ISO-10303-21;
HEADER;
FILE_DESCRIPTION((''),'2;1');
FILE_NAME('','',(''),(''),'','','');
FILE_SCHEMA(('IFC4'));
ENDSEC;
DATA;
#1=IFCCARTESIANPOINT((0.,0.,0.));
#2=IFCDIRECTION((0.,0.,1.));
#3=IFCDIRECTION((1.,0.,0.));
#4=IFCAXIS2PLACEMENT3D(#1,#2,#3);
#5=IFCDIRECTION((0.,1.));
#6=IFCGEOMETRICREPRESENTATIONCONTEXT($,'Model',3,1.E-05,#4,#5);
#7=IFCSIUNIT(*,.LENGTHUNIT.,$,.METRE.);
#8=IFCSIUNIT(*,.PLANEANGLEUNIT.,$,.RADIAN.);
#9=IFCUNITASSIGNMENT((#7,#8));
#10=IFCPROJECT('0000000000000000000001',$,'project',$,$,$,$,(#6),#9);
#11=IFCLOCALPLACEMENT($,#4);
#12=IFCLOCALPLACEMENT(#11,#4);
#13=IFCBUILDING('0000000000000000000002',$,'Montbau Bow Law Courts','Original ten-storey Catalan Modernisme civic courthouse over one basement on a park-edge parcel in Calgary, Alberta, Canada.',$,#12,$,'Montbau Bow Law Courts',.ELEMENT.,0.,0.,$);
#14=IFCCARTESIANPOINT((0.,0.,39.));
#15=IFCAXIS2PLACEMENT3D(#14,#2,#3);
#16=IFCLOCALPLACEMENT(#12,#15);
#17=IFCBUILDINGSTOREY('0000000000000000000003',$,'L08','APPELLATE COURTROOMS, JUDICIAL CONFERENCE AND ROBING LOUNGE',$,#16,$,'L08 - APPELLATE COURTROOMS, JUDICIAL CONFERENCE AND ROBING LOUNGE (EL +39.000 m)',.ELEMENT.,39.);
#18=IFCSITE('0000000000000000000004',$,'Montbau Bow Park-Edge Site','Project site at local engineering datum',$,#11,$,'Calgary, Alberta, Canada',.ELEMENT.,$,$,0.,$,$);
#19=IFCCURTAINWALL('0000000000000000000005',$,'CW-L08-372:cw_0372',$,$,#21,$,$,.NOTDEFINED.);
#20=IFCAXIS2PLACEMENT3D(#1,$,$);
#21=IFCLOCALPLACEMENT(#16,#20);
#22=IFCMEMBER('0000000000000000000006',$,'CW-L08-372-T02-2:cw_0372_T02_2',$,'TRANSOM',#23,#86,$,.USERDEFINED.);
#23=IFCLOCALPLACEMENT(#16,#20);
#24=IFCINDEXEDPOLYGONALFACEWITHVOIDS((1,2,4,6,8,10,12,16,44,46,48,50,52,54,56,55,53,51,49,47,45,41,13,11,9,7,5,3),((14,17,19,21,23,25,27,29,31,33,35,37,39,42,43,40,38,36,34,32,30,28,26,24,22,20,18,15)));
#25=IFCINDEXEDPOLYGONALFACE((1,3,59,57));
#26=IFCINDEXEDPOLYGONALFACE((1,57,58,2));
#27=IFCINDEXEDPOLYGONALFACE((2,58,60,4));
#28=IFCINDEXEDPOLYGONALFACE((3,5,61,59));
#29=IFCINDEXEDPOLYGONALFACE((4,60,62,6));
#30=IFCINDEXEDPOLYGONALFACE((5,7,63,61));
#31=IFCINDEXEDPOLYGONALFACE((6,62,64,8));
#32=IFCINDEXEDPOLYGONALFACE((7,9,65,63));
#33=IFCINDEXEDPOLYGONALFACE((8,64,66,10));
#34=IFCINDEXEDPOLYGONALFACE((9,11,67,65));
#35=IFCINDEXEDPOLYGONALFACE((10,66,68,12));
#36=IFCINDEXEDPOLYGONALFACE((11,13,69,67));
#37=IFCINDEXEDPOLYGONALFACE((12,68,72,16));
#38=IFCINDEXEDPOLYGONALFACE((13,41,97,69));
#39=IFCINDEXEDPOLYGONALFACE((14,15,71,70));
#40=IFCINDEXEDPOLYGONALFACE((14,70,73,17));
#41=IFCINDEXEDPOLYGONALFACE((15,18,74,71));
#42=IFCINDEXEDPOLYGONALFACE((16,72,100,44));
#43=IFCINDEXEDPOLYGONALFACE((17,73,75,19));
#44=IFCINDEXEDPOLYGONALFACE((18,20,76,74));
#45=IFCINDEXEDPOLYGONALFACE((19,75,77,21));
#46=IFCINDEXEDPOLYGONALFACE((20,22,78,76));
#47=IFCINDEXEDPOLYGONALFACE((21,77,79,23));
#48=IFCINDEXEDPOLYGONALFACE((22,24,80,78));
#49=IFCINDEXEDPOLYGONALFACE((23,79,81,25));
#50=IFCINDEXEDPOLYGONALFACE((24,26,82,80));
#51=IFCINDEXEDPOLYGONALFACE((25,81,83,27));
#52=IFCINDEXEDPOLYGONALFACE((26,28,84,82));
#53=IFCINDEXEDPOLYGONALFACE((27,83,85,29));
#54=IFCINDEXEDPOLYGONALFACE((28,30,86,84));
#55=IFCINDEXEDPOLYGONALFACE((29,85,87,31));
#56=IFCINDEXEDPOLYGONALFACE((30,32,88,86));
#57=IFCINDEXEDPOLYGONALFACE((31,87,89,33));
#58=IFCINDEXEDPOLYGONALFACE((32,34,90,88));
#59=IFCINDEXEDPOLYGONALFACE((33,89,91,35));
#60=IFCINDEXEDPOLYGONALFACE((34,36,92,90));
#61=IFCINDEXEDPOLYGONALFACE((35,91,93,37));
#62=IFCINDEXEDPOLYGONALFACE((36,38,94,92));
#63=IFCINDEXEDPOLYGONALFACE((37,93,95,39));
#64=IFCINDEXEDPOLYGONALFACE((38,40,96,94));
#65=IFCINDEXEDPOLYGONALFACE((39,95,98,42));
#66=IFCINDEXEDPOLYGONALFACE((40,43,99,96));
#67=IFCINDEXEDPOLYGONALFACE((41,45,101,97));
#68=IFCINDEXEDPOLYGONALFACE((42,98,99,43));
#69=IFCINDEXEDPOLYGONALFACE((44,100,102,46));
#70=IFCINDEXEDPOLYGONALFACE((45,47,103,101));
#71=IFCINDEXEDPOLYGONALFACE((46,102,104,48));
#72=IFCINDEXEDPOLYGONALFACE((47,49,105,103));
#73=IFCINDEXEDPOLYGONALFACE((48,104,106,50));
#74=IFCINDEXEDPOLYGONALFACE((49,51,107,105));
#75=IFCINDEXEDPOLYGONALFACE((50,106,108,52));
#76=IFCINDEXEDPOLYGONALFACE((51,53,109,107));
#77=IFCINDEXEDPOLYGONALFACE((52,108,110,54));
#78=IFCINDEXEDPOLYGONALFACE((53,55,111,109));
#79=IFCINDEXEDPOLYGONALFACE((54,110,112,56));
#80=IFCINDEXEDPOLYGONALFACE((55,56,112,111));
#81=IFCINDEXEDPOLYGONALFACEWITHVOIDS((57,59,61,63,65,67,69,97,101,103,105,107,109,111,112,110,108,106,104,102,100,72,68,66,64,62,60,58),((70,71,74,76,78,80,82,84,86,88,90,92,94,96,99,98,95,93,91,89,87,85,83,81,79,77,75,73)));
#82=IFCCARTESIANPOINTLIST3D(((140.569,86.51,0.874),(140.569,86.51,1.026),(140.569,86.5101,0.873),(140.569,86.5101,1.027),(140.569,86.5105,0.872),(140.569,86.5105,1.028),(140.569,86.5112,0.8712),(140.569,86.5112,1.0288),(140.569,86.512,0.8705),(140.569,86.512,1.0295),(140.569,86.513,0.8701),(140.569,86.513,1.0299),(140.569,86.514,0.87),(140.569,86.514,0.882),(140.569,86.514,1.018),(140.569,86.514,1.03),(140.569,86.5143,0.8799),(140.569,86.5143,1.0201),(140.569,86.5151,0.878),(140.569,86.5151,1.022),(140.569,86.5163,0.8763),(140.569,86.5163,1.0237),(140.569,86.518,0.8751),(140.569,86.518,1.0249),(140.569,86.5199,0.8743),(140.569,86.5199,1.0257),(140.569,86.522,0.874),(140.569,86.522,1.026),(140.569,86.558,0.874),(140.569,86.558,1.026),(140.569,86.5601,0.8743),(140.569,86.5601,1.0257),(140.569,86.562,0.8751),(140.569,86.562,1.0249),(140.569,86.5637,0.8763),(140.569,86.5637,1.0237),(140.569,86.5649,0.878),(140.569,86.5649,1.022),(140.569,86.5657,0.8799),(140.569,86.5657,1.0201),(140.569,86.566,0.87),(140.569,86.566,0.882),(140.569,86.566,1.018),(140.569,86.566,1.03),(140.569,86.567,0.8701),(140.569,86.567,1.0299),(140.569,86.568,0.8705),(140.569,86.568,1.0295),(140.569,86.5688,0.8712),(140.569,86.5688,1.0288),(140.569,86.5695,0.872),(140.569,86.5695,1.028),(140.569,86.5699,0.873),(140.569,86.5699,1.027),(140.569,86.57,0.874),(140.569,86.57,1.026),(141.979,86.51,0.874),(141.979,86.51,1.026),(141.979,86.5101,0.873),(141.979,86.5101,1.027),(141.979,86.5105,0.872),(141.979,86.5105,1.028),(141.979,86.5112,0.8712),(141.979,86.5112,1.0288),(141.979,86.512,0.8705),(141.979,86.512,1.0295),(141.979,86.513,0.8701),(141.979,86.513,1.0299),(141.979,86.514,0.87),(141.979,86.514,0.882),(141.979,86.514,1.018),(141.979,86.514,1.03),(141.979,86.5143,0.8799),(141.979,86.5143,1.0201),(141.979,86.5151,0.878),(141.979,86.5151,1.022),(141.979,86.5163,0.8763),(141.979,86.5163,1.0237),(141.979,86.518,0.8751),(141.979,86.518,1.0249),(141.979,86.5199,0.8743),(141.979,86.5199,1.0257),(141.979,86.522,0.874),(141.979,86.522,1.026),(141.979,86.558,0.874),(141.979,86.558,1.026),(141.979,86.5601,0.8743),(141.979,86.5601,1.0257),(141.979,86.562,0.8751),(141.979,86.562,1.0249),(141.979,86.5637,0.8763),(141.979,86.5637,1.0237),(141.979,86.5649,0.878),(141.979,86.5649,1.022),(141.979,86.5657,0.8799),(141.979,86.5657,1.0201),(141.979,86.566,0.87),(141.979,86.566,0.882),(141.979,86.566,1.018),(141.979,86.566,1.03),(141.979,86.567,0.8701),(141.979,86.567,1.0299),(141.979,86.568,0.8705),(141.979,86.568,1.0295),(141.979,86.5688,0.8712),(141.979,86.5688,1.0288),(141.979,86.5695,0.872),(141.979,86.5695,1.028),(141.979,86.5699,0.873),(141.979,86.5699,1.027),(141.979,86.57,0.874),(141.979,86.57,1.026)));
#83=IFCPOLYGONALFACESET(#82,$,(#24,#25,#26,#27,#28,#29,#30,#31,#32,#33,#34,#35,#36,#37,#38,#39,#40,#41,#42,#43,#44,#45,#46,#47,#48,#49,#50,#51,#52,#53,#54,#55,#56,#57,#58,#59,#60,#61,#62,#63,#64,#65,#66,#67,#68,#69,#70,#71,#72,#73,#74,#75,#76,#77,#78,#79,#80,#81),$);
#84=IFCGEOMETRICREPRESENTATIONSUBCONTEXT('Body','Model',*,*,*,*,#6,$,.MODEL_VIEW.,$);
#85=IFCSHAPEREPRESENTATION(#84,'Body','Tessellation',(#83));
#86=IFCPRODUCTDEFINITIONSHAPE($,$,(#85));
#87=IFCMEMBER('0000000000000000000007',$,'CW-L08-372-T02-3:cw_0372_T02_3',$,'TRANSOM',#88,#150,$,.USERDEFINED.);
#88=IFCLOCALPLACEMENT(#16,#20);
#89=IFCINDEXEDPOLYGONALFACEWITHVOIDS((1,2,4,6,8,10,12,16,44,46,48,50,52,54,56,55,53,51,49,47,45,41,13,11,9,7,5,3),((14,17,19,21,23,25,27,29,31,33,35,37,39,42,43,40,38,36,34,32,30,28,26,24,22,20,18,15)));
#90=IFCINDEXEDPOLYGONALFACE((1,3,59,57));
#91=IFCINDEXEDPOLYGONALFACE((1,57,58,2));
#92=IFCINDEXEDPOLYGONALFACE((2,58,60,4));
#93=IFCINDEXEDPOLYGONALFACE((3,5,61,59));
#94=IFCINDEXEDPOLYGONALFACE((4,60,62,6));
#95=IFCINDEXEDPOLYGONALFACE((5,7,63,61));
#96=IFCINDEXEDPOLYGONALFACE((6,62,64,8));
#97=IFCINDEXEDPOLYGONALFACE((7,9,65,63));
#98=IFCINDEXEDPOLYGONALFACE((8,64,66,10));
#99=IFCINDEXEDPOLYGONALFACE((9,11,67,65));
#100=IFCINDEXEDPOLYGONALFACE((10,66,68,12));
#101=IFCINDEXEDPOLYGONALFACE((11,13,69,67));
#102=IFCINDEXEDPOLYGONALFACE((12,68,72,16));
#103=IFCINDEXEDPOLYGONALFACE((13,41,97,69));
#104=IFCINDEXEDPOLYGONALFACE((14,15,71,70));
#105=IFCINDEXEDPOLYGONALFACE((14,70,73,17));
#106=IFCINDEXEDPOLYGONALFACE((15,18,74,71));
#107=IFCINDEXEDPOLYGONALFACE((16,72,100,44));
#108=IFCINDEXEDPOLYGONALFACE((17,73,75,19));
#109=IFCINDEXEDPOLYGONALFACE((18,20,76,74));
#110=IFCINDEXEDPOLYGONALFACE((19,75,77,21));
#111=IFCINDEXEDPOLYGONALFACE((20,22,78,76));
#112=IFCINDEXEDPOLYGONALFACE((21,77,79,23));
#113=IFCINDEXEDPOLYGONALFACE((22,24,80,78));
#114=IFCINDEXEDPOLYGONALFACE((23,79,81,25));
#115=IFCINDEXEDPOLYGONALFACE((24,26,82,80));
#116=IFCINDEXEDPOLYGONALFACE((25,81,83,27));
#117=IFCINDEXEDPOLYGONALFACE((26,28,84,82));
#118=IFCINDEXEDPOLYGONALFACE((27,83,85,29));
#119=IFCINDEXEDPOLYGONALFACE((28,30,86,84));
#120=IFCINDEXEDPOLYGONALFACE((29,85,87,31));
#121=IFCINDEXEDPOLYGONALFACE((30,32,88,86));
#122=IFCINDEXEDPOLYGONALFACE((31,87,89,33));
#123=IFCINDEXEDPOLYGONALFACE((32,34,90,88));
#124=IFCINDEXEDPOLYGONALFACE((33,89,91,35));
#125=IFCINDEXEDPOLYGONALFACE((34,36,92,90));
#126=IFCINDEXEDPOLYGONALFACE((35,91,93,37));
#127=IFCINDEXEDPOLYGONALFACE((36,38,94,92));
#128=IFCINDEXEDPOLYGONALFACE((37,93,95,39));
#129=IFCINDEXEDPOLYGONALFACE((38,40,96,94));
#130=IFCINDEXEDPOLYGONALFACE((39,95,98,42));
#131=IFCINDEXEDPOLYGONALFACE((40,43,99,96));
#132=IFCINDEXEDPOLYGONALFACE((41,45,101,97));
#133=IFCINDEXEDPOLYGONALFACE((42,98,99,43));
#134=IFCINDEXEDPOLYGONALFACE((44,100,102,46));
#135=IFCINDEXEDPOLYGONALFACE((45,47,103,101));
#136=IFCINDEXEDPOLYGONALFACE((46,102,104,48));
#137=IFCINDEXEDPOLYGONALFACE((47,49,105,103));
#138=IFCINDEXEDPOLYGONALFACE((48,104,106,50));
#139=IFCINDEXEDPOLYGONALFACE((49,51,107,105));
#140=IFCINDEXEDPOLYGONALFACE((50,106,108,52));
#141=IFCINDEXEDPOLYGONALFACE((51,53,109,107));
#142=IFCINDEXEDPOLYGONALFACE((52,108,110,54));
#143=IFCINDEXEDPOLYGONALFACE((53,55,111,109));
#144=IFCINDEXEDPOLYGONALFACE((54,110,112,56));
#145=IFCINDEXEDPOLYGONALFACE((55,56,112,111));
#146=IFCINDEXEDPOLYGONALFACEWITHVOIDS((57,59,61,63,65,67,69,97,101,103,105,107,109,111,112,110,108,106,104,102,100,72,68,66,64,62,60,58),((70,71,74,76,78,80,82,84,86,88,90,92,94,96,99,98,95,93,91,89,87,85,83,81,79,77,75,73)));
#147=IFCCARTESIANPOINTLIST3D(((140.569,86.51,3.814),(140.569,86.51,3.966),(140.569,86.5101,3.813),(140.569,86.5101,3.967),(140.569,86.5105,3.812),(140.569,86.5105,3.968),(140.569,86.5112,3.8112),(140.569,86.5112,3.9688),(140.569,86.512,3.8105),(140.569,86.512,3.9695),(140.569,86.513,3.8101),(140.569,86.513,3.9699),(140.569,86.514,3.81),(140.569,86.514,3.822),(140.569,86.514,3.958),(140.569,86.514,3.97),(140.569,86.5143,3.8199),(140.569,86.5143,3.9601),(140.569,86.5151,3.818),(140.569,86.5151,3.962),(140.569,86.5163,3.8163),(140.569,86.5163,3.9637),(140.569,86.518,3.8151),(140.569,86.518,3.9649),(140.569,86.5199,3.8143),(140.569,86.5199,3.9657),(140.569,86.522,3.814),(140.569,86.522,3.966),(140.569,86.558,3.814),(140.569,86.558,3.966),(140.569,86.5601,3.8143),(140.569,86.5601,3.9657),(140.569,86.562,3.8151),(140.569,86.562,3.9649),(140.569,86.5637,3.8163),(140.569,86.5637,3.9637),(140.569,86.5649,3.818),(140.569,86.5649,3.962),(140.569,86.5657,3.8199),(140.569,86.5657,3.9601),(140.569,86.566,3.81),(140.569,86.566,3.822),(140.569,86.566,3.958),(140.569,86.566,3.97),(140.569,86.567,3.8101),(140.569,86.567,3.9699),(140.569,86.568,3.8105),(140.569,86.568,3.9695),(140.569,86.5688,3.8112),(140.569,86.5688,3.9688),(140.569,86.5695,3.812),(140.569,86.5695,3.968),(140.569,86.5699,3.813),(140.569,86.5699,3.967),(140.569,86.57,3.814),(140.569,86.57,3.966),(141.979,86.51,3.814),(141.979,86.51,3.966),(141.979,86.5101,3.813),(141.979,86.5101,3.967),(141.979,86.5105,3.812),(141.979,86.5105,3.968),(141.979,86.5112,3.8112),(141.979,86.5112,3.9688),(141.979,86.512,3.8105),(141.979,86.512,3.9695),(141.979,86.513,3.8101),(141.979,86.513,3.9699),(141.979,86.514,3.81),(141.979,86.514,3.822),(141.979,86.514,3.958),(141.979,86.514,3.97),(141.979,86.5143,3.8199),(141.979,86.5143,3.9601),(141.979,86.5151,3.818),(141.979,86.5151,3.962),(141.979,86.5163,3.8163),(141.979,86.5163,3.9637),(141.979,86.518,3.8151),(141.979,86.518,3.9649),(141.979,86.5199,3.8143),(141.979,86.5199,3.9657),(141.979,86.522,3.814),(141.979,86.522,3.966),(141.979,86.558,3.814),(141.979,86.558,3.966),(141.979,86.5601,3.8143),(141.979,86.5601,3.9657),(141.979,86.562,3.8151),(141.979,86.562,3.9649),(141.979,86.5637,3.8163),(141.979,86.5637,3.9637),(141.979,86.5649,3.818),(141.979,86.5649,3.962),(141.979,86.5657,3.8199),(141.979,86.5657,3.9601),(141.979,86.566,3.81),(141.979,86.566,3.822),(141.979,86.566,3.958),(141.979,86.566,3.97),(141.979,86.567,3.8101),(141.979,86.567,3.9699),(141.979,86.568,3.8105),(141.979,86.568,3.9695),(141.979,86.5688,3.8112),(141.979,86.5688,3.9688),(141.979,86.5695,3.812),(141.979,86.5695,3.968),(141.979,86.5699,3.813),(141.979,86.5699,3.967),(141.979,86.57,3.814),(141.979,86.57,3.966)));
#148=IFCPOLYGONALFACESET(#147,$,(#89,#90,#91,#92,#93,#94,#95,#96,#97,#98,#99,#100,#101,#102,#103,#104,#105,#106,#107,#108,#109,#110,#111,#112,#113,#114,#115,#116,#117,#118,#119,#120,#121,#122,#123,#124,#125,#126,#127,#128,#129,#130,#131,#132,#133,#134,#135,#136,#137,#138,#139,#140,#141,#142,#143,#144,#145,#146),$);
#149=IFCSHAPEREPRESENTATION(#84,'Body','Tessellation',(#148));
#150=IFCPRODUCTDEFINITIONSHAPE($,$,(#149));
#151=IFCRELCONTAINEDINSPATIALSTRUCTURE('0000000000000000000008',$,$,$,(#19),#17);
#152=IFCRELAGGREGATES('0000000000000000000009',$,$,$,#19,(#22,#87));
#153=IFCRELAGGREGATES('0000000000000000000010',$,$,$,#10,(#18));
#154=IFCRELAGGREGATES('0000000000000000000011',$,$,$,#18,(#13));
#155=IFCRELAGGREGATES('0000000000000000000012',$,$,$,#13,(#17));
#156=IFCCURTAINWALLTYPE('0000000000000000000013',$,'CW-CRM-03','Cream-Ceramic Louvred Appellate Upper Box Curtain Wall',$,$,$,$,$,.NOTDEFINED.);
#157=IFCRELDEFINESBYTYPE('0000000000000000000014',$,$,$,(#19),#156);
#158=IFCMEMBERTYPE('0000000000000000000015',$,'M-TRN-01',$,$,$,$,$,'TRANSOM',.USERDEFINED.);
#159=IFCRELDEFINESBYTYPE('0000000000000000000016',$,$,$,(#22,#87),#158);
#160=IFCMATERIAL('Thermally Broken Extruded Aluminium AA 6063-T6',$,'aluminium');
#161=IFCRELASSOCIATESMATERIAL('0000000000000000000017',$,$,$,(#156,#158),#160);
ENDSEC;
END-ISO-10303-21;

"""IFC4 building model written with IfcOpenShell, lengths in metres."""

from ifc_helpers import new_model, si_unit, direction, frame, origin_with_axes, origin_2d_with_axis, place, context, subcontext, project, spatial, hollow_rectangle, extrude, material, material_profile, profile_set, type_object, element, aggregate, save


model = new_model("IFC4")

# Units and contexts
model_context = context("Model", 3, precision=1e-05, world=origin_with_axes(), true_north=direction((0.0, 1.0)))
body_context = subcontext(model_context, "Body", "Model", "MODEL_VIEW")
ifc_project = project(units=[si_unit("LENGTHUNIT", "METRE"), si_unit("PLANEANGLEUNIT", "RADIAN")], contexts=[model_context])

# Site, building, storey
site_placement = place(None, origin_with_axes())
site = spatial("IfcSite", under=ifc_project, at=site_placement, Name="Montbau Bow Park-Edge Site", Description="Project site at local engineering datum", LongName="Calgary, Alberta, Canada", CompositionType="ELEMENT", RefElevation=0.0)
building_placement = place(site_placement, origin_with_axes())
building = spatial("IfcBuilding", under=site, at=building_placement, Name="Montbau Bow Law Courts", Description="Original ten-storey Catalan Modernisme civic courthouse over one basement on a park-edge parcel in Calgary, Alberta, Canada.", LongName="Montbau Bow Law Courts", CompositionType="ELEMENT", ElevationOfRefHeight=0.0, ElevationOfTerrain=0.0)
storey_placement = place(building_placement, frame((0.0, 0.0, 39.0), z_axis=(0.0, 0.0, 1.0), x_axis=(1.0, 0.0, 0.0)))
storey = spatial("IfcBuildingStorey", under=building, at=storey_placement, Name="L08", Description="APPELLATE COURTROOMS, JUDICIAL CONFERENCE AND ROBING LOUNGE", LongName="L08 - APPELLATE COURTROOMS, JUDICIAL CONFERENCE AND ROBING LOUNGE (EL +39.000 m)", CompositionType="ELEMENT", Elevation=39.0)

# Curtain wall, members
ifc_material_1 = material(Name="Thermally Broken Extruded Aluminium AA 6063-T6", Category="aluminium")
curtain_wall_type = type_object("IfcCurtainWallType", Name="CW-CRM-03", Description="Cream-Ceramic Louvred Appellate Upper Box Curtain Wall", PredefinedType="NOTDEFINED", material=ifc_material_1)
curtain_wall_placement = place(None, frame((139.04, 86.54, 39.0), z_axis=(0.0, 0.0, 1.0), x_axis=(1.0, 0.0, 0.0)))
curtain_wall = element("IfcCurtainWall", 1, at=curtain_wall_placement, inside=storey, type_object=curtain_wall_type, Name="CW-L08-372:cw_0372", PredefinedType="NOTDEFINED")
ifc_material_profile_1 = material_profile(ifc_material_1, hollow_rectangle(XDim=0.06, YDim=0.16, WallThickness=0.004, InnerFilletRadius=0.008, OuterFilletRadius=0.004, at=origin_2d_with_axis()), Name="CWT-160X60", Category="Main", Priority=0)
ifc_profile_set_1 = profile_set([ifc_material_profile_1], Name="Thermally Broken Extruded Aluminium AA 6063-T6")
member_type_1 = type_object("IfcMemberType", Name="M-TRN-01", ElementType="TRANSOM", PredefinedType="USERDEFINED", material=ifc_profile_set_1)
member_1_placement = place(None, frame((140.569, 86.54, 39.95), z_axis=(1.0, 0.0, 0.0), x_axis=(0.0, 1.0, 0.0)))
member_1 = element("IfcMember", 2, at=member_1_placement, type_object=member_type_1, Name="CW-L08-372-T02-2:cw_0372_T02_2", ObjectType="TRANSOM", PredefinedType="USERDEFINED", context=body_context, shape_type="SweptSolid", body=[
    extrude(hollow_rectangle(XDim=0.06, YDim=0.16, WallThickness=0.004, InnerFilletRadius=0.008, OuterFilletRadius=0.004, at=origin_2d_with_axis()), origin_with_axes(), (0.0, 0.0, 1.0), 1.41),
])
member_2_placement = place(None, frame((140.569, 86.54, 42.89), z_axis=(1.0, 0.0, 0.0), x_axis=(0.0, 1.0, 0.0)))
member_2 = element("IfcMember", 3, at=member_2_placement, type_object=member_type_1, Name="CW-L08-372-T02-3:cw_0372_T02_3", ObjectType="TRANSOM", PredefinedType="USERDEFINED", context=body_context, shape_type="SweptSolid", body=[
    extrude(hollow_rectangle(XDim=0.06, YDim=0.16, WallThickness=0.004, InnerFilletRadius=0.008, OuterFilletRadius=0.004, at=origin_2d_with_axis()), origin_with_axes(), (0.0, 0.0, 1.0), 1.41),
])
aggregate(curtain_wall, [member_1, member_2])

save(model, "model.ifc")
